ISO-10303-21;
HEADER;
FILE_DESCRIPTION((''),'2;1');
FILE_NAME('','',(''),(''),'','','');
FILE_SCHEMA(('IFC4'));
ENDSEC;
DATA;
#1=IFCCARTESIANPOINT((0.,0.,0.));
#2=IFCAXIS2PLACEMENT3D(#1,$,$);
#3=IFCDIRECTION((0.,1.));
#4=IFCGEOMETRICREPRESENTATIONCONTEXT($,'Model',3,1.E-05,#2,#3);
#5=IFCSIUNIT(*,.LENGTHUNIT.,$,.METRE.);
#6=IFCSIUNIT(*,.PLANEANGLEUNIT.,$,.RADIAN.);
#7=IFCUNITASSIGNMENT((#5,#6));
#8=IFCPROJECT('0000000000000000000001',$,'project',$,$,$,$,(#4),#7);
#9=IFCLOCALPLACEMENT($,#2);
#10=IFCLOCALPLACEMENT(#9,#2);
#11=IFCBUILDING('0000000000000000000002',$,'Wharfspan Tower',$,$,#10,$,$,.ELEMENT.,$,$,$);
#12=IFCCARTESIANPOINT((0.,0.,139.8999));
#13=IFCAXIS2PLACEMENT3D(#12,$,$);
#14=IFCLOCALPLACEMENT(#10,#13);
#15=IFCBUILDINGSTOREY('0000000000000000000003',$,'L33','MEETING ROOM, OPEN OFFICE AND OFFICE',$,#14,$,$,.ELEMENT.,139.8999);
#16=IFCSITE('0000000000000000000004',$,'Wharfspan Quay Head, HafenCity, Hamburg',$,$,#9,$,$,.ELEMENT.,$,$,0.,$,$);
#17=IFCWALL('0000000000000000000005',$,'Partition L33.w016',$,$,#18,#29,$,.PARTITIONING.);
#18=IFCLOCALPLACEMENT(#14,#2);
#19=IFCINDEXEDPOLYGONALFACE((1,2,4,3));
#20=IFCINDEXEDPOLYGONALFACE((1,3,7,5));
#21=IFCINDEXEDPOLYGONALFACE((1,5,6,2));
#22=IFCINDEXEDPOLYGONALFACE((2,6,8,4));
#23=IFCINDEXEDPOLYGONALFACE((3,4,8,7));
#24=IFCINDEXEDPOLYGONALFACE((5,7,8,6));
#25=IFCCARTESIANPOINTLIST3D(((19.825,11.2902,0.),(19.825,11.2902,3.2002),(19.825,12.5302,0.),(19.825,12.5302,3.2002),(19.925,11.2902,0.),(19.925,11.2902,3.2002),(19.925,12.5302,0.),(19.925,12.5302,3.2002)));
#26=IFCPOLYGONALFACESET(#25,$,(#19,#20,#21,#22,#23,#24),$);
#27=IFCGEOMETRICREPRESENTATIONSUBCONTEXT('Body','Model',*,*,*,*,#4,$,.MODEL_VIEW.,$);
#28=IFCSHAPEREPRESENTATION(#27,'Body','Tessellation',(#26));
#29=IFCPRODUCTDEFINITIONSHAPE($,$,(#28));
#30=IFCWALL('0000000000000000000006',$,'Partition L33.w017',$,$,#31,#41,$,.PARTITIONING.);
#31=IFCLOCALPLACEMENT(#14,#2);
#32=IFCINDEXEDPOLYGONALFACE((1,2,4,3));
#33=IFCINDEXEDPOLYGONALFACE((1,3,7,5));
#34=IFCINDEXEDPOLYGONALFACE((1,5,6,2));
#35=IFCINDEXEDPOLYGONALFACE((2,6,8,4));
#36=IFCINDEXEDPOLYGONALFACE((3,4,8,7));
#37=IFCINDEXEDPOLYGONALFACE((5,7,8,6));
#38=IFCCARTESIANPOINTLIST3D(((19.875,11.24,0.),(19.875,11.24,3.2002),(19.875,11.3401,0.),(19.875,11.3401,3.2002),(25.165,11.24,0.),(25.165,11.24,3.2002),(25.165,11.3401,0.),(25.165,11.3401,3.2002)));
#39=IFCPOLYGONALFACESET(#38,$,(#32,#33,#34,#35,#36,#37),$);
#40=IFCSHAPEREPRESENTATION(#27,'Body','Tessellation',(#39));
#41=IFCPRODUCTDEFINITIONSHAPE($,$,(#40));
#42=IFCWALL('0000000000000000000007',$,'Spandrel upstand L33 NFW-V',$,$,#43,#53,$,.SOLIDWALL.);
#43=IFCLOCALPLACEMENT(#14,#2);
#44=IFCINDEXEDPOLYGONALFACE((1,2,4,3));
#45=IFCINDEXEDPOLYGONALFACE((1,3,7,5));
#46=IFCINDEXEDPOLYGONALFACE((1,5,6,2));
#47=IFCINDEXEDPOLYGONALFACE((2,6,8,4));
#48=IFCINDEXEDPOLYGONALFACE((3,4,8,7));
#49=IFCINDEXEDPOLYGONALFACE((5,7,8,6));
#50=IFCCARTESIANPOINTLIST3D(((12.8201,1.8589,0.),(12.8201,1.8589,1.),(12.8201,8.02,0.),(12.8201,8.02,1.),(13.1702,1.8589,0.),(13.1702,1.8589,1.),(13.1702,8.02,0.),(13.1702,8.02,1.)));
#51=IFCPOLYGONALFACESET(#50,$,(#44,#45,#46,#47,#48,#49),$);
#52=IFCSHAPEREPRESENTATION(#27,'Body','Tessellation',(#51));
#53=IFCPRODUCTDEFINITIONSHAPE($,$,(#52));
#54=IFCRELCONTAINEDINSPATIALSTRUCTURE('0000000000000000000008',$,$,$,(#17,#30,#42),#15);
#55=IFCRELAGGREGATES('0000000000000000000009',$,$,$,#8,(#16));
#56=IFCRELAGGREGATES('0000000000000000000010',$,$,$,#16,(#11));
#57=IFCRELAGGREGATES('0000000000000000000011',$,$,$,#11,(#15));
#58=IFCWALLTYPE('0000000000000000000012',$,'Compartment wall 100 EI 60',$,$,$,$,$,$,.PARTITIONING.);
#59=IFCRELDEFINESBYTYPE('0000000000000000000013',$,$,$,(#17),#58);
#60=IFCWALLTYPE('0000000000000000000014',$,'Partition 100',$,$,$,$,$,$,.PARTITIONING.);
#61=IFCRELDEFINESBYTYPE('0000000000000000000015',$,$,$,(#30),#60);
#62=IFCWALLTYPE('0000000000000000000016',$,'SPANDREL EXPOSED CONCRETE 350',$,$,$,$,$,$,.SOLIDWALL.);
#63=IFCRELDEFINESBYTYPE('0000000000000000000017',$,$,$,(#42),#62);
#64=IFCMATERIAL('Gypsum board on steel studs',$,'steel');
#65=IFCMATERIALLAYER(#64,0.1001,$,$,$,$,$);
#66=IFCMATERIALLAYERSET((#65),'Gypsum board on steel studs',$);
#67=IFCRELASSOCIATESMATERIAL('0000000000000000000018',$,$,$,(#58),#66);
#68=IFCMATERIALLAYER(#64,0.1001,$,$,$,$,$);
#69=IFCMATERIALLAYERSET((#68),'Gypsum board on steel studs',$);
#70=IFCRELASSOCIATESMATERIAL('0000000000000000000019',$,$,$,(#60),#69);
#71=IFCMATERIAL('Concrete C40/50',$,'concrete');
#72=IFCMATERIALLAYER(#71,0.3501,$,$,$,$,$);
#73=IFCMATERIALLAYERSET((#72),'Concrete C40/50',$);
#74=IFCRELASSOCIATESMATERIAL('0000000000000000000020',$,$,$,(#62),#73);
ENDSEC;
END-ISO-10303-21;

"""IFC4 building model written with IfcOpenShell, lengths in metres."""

from ifc_helpers import new_model, si_unit, direction, frame, frame_2d, origin, place, context, subcontext, project, spatial, rectangle, extrude, material, layer, layer_set, type_object, element, save


model = new_model("IFC4")

# Units and contexts
model_context = context("Model", 3, precision=1e-05, world=origin(), true_north=direction((0.0, 1.0)))
body_context = subcontext(model_context, "Body", "Model", "MODEL_VIEW")
ifc_project = project(units=[si_unit("LENGTHUNIT", "METRE"), si_unit("PLANEANGLEUNIT", "RADIAN")], contexts=[model_context])

# Site, building, storey
site_placement = place(None, origin())
site = spatial("IfcSite", under=ifc_project, at=site_placement, Name="Wharfspan Quay Head, HafenCity, Hamburg", CompositionType="ELEMENT", RefElevation=0.0)
building_placement = place(site_placement, origin())
building = spatial("IfcBuilding", under=site, at=building_placement, Name="Wharfspan Tower", CompositionType="ELEMENT")
storey_placement = place(building_placement, frame((0.0, 0.0, 139.8999)))
storey = spatial("IfcBuildingStorey", under=building, at=storey_placement, Name="L33", Description="MEETING ROOM, OPEN OFFICE AND OFFICE", CompositionType="ELEMENT", Elevation=139.8999)

# Shared definitions
ifc_material_1 = material(Name="Gypsum board on steel studs", Category="steel")
ifc_layer_1 = layer(ifc_material_1, 0.1001)
ifc_layer_set_1 = layer_set([ifc_layer_1], Name="Gypsum board on steel studs")
wall_type_1 = type_object("IfcWallType", Name="Compartment wall 100 EI 60", PredefinedType="PARTITIONING", material=ifc_layer_set_1)

# Walls
wall_1_placement = place(storey_placement, frame((19.875, 11.29, 0.0), z_axis=(0.0, 0.0, 1.0), x_axis=(0.0, 1.0, 0.0)))
element("IfcWall", 1, at=wall_1_placement, inside=storey, type_object=wall_type_1, Name="Partition L33.w016", PredefinedType="PARTITIONING", context=body_context, shape_type="SweptSolid", body=[
    extrude(rectangle(XDim=1.24, YDim=0.1001, at=frame_2d((0.6201, 0.0))), origin(), (0.0, 0.0, 1.0), 3.2002),
])
ifc_layer_2 = layer(ifc_material_1, 0.1001)
ifc_layer_set_2 = layer_set([ifc_layer_2], Name="Gypsum board on steel studs")
wall_type_2 = type_object("IfcWallType", Name="Partition 100", PredefinedType="PARTITIONING", material=ifc_layer_set_2)
wall_2_placement = place(storey_placement, frame((19.875, 11.29, 0.0), z_axis=(0.0, 0.0, 1.0), x_axis=(1.0, 0.0, 0.0)))
element("IfcWall", 2, at=wall_2_placement, inside=storey, type_object=wall_type_2, Name="Partition L33.w017", PredefinedType="PARTITIONING", context=body_context, shape_type="SweptSolid", body=[
    extrude(rectangle(XDim=5.29, YDim=0.1001, at=frame_2d((2.645, 0.0))), origin(), (0.0, 0.0, 1.0), 3.2002),
])
ifc_material_2 = material(Name="Concrete C40/50", Category="concrete")
ifc_layer_3 = layer(ifc_material_2, 0.3501)
ifc_layer_set_3 = layer_set([ifc_layer_3], Name="Concrete C40/50")
wall_type_3 = type_object("IfcWallType", Name="SPANDREL EXPOSED CONCRETE 350", PredefinedType="SOLIDWALL", material=ifc_layer_set_3)
wall_3_placement = place(storey_placement, frame((12.9951, 8.02, 0.0), z_axis=(0.0, 0.0, 1.0), x_axis=(0.0, -1.0, 0.0)))
element("IfcWall", 3, at=wall_3_placement, inside=storey, type_object=wall_type_3, Name="Spandrel upstand L33 NFW-V", PredefinedType="SOLIDWALL", context=body_context, shape_type="SweptSolid", body=[
    extrude(rectangle(XDim=6.1611, YDim=0.3501, at=frame_2d((3.0806, 0.0))), origin(), (0.0, 0.0, 1.0), 1.0),
])

save(model, "model.ifc")
